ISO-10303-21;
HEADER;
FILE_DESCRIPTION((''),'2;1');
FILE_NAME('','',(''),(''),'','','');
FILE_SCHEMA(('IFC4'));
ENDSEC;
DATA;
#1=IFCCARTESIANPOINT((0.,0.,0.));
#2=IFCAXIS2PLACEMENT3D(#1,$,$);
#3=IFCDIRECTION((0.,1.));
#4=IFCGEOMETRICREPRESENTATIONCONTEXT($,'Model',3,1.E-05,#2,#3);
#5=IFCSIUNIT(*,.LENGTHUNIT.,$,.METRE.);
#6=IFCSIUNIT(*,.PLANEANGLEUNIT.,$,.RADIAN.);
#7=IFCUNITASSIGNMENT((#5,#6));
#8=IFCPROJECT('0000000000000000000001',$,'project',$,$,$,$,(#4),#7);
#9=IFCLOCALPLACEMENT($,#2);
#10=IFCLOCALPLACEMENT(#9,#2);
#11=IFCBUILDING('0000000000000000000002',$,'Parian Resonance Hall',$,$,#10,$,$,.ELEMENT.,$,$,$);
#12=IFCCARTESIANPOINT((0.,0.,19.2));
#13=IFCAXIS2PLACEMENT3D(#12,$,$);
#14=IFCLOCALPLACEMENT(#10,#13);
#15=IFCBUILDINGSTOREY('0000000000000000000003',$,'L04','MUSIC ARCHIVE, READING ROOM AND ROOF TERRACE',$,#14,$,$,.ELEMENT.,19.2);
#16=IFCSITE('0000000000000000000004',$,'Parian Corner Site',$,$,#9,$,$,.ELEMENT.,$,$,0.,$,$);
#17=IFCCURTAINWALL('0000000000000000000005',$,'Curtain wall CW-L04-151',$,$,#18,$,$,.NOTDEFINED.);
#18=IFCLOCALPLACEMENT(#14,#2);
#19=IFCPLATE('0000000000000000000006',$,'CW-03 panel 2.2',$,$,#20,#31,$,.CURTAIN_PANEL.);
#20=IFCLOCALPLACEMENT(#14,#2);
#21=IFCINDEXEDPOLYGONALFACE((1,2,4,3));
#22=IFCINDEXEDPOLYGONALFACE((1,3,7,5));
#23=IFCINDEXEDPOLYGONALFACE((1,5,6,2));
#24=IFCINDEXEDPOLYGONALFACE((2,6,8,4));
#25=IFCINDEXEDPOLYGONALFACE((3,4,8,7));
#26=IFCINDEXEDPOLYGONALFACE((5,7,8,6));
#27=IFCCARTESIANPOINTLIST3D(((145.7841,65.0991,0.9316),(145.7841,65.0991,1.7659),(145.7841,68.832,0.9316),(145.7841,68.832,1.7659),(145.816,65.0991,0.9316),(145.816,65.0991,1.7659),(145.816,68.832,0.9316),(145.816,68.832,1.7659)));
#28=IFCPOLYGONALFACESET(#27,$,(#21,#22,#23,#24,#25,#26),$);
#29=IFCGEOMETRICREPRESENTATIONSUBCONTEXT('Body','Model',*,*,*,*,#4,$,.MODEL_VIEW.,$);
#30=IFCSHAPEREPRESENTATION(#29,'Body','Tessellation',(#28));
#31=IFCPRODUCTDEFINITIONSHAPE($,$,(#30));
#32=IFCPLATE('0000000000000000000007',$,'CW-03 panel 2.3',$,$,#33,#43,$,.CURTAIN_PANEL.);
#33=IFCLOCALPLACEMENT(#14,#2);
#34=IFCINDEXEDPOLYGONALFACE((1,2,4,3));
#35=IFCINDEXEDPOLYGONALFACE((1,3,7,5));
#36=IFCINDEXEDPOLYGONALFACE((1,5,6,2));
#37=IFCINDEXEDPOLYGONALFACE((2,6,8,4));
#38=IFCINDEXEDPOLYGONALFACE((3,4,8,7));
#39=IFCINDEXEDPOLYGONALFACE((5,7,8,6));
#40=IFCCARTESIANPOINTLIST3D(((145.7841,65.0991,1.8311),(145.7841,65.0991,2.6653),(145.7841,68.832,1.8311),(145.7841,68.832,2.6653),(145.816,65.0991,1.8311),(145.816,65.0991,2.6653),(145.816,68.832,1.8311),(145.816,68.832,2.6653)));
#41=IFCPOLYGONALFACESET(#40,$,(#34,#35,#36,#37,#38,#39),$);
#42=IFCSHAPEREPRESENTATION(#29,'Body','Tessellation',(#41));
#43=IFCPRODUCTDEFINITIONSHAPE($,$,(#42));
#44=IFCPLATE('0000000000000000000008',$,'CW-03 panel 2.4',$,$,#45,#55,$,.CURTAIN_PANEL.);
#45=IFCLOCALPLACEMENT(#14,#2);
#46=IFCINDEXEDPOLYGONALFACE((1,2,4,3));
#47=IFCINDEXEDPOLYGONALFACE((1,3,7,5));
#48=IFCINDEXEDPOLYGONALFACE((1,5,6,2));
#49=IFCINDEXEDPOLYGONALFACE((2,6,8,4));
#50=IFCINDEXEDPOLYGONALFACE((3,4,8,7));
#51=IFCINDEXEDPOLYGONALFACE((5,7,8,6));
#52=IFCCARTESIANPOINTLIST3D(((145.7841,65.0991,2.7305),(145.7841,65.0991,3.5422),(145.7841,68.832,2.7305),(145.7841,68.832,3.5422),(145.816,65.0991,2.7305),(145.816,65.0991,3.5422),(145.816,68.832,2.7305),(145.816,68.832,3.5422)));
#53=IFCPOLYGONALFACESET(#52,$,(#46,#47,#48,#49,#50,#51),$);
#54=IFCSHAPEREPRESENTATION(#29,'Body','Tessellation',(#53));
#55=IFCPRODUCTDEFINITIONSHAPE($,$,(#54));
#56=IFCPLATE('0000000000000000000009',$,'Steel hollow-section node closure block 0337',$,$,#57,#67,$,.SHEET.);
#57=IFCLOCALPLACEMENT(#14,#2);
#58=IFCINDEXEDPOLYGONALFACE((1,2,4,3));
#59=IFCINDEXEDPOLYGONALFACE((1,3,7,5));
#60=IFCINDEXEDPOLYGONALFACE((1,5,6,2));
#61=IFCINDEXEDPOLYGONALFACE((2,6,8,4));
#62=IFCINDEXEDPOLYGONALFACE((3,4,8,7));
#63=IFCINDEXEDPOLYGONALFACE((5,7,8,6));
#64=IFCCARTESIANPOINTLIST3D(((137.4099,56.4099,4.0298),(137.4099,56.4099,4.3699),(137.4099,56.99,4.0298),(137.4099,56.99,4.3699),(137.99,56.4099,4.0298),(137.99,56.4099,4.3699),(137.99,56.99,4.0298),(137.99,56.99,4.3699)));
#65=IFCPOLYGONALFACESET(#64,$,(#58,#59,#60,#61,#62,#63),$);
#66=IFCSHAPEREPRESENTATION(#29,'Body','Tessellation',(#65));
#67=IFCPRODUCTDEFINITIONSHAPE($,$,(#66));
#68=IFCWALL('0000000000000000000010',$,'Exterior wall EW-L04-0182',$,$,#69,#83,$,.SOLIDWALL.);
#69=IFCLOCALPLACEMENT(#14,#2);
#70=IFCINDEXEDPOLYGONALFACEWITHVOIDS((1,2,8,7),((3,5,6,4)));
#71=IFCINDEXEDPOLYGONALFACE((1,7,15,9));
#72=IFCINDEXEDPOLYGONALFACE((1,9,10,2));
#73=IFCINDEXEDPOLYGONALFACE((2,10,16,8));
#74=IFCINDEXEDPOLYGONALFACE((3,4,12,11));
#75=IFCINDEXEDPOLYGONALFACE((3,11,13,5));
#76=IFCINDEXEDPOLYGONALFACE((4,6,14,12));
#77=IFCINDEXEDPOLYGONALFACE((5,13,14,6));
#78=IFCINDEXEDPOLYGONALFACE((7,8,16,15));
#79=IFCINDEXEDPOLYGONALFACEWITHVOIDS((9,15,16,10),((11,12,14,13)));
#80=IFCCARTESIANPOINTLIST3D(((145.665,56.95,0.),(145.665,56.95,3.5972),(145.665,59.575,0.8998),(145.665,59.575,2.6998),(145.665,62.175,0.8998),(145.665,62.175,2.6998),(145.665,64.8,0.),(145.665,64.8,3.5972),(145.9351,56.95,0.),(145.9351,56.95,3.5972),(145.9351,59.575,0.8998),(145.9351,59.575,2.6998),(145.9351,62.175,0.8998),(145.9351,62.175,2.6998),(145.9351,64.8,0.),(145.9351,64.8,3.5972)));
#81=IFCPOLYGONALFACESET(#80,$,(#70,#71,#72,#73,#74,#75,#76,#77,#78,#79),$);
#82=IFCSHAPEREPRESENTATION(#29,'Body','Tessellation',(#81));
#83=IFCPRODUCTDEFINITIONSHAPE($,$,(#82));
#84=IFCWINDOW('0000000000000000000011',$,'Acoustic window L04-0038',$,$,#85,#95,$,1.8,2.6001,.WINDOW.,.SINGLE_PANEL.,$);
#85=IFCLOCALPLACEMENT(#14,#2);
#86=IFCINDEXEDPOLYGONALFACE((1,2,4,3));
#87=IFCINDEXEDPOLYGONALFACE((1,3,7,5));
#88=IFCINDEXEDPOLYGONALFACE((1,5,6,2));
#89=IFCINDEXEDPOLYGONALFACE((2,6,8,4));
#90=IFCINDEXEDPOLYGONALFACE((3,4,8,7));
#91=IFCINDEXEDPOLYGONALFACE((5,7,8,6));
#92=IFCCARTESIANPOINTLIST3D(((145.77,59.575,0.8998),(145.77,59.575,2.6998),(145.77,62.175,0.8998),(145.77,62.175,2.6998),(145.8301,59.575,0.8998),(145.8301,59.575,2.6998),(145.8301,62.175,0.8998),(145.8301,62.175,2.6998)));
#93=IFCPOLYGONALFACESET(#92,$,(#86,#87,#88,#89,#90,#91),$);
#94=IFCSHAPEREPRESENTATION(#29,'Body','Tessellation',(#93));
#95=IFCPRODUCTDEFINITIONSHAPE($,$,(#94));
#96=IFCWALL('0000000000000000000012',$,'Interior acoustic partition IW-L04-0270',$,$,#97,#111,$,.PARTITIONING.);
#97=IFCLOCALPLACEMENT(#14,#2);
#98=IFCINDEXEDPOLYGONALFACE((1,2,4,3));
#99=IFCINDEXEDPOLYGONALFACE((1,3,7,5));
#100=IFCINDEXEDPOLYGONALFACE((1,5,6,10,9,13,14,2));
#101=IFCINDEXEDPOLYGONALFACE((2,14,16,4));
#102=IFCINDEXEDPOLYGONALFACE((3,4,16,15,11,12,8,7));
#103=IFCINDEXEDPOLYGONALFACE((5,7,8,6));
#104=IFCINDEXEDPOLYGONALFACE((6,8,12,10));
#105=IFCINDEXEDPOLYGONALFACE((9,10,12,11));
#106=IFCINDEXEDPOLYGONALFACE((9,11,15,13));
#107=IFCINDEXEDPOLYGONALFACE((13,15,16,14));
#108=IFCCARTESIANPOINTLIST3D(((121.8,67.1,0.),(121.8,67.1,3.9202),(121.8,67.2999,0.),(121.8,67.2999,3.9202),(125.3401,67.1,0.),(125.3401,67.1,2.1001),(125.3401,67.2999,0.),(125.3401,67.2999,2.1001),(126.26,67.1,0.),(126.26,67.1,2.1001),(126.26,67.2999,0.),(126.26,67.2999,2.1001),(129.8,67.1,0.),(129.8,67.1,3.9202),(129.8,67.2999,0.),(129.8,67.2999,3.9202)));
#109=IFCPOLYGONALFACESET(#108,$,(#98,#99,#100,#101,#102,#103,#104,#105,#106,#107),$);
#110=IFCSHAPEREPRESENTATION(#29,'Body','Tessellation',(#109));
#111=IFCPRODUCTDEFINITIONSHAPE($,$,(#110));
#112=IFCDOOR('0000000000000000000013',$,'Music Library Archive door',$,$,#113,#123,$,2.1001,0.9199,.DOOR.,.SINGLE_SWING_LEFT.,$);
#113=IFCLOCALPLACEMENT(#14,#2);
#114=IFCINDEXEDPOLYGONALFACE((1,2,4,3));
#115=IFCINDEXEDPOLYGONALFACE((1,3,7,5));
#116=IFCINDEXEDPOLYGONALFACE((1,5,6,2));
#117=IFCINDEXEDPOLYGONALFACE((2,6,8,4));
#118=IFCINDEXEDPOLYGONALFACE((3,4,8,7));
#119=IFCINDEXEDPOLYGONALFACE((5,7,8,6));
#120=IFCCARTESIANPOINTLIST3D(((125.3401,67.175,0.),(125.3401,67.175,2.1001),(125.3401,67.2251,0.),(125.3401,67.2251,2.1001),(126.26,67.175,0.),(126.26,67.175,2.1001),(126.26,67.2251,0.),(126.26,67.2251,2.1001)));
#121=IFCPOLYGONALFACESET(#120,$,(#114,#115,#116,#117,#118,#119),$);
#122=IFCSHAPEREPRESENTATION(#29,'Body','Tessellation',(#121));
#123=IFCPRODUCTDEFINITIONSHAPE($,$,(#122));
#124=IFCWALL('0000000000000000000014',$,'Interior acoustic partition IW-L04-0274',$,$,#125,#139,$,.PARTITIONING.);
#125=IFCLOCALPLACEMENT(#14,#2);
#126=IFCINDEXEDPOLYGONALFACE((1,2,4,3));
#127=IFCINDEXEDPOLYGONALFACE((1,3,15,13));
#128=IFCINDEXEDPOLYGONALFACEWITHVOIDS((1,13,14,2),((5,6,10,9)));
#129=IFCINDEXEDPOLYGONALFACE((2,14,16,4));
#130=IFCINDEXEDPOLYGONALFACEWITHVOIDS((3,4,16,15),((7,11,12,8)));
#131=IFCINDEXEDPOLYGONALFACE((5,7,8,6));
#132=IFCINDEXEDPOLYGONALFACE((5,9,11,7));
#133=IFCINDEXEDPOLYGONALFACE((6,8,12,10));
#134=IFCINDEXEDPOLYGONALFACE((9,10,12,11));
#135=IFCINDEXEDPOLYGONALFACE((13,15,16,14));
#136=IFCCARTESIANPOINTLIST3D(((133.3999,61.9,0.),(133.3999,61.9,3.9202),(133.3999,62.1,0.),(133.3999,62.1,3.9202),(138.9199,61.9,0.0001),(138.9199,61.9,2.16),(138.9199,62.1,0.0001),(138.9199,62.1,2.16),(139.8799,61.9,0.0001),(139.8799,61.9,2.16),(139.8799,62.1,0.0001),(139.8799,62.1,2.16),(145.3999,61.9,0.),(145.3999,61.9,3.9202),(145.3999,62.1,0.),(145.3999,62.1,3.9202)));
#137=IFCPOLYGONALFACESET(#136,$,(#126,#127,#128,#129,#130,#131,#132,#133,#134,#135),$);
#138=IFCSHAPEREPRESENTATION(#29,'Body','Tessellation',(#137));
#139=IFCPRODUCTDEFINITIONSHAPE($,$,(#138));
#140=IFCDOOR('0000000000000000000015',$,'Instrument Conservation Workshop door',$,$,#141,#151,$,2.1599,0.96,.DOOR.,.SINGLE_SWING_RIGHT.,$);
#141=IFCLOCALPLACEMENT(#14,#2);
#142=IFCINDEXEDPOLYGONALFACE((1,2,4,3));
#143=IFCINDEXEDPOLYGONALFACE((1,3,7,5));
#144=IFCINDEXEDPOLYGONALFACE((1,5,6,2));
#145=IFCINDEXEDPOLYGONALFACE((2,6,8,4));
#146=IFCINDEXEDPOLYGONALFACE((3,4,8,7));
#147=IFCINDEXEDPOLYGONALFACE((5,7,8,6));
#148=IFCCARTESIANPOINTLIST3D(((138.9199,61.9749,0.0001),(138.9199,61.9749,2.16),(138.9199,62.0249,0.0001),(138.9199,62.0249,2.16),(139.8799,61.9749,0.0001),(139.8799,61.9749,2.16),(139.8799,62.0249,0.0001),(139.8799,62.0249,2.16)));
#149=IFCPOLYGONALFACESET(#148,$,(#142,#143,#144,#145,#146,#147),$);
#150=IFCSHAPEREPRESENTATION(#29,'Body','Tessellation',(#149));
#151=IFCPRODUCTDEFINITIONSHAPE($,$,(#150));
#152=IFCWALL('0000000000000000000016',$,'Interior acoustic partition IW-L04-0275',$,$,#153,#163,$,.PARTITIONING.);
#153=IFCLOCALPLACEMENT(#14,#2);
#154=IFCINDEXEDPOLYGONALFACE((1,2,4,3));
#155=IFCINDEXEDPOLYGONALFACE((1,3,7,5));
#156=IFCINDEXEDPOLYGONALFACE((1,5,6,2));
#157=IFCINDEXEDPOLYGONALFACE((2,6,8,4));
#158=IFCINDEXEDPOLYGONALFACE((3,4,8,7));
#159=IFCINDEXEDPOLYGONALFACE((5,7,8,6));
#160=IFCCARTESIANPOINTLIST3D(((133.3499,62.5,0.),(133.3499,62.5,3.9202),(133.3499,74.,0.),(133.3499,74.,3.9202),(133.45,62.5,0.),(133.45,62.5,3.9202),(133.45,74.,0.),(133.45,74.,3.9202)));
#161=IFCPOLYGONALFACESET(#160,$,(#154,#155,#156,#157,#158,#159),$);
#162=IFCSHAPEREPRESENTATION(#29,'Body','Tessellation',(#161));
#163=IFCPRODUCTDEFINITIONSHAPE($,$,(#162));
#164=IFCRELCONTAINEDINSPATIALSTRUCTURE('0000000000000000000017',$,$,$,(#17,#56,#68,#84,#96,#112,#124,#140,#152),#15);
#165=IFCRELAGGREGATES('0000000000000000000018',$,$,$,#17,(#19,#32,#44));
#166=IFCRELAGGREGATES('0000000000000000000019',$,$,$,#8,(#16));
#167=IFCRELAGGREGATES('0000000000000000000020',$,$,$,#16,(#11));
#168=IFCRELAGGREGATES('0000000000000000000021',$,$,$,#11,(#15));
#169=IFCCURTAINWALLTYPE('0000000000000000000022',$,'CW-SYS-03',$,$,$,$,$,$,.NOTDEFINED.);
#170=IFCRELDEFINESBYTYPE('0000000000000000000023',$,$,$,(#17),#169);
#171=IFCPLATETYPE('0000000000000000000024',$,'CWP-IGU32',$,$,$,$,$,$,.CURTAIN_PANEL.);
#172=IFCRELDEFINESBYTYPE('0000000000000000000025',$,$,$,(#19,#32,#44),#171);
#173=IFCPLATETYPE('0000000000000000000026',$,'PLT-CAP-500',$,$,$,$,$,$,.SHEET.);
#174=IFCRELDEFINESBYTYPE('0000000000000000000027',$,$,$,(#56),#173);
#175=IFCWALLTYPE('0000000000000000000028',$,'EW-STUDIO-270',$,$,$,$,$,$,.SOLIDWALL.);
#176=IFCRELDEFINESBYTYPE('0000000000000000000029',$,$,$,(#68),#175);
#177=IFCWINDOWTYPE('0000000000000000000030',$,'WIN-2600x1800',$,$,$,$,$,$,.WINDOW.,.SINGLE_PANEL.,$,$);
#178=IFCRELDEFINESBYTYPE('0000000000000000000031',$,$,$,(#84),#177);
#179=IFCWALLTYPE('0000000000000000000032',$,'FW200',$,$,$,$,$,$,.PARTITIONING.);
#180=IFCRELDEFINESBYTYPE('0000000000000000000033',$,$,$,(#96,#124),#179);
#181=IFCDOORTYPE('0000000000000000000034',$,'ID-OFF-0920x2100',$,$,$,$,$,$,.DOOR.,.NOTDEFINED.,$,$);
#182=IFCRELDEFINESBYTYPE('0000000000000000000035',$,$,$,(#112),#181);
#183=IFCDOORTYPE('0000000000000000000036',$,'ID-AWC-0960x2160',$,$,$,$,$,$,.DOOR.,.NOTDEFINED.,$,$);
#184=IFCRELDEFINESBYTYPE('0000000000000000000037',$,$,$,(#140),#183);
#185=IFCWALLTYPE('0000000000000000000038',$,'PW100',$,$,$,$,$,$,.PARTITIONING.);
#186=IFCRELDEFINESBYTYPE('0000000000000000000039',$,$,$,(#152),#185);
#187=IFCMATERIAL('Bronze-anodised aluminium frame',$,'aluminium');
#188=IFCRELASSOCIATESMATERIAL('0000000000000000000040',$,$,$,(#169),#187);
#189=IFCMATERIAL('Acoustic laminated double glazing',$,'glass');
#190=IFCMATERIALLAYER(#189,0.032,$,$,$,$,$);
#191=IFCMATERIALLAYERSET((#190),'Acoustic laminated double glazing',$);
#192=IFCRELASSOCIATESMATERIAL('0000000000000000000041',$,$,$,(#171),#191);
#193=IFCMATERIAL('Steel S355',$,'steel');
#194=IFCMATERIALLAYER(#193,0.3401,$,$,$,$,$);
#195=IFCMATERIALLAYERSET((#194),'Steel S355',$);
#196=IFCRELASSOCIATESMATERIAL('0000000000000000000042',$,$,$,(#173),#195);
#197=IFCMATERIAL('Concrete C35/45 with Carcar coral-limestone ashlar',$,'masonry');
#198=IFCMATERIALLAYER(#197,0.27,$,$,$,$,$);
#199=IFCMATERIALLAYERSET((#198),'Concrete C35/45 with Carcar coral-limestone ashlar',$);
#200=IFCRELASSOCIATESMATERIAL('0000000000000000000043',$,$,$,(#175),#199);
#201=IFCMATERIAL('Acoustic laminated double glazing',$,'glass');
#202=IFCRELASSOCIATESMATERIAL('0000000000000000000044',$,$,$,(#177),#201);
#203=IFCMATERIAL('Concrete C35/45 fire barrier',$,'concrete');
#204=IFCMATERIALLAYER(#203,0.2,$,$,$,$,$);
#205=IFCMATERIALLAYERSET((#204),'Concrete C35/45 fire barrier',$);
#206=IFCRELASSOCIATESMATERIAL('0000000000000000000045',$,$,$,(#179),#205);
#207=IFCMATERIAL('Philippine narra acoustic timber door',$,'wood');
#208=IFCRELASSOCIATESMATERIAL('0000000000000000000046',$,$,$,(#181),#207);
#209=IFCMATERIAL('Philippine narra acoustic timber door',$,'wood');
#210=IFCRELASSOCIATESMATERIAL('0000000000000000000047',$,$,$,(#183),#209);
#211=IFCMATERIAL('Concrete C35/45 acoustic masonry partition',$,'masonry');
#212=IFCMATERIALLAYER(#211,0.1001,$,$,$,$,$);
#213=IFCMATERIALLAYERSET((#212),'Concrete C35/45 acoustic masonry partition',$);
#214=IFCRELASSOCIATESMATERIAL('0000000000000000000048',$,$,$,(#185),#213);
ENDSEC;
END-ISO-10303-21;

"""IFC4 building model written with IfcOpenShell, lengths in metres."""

from ifc_helpers import new_model, si_unit, direction, frame, frame_2d, origin, origin_2d, place, context, subcontext, project, spatial, rectangle, extrude, material, layer, layer_set, type_object, element, fill, aggregate, save


model = new_model("IFC4")

# Units and contexts
model_context = context("Model", 3, precision=1e-05, world=origin(), true_north=direction((0.0, 1.0)))
body_context = subcontext(model_context, "Body", "Model", "MODEL_VIEW")
ifc_project = project(units=[si_unit("LENGTHUNIT", "METRE"), si_unit("PLANEANGLEUNIT", "RADIAN")], contexts=[model_context])

# Site, building, storey
site_placement = place(None, origin())
site = spatial("IfcSite", under=ifc_project, at=site_placement, Name="Parian Corner Site", CompositionType="ELEMENT", RefElevation=0.0)
building_placement = place(site_placement, origin())
building = spatial("IfcBuilding", under=site, at=building_placement, Name="Parian Resonance Hall", CompositionType="ELEMENT")
storey_placement = place(building_placement, frame((0.0, 0.0, 19.2)))
storey = spatial("IfcBuildingStorey", under=building, at=storey_placement, Name="L04", Description="MUSIC ARCHIVE, READING ROOM AND ROOF TERRACE", CompositionType="ELEMENT", Elevation=19.2)

# Curtain wall
ifc_material_1 = material(Name="Bronze-anodised aluminium frame", Category="aluminium")
curtain_wall_type_1 = type_object("IfcCurtainWallType", Name="CW-SYS-03", PredefinedType="NOTDEFINED", material=ifc_material_1)
curtain_wall_1_placement = place(storey_placement, origin())
curtain_wall_1 = element("IfcCurtainWall", 1, at=curtain_wall_1_placement, inside=storey, type_object=curtain_wall_type_1, Name="Curtain wall CW-L04-151", PredefinedType="NOTDEFINED")

# Plates
ifc_material_2 = material(Name="Acoustic laminated double glazing", Category="glass")
ifc_layer_1 = layer(ifc_material_2, 0.032)
ifc_layer_set_1 = layer_set([ifc_layer_1], Name="Acoustic laminated double glazing")
plate_type_1 = type_object("IfcPlateType", Name="CWP-IGU32", PredefinedType="CURTAIN_PANEL", material=ifc_layer_set_1)
plate_1_placement = place(storey_placement, frame((145.8, 66.9656, 0.9316), z_axis=(0.0, 0.0, 1.0), x_axis=(0.0, -1.0, 0.0)))
plate_1 = element("IfcPlate", 2, at=plate_1_placement, type_object=plate_type_1, Name="CW-03 panel 2.2", PredefinedType="CURTAIN_PANEL", context=body_context, shape_type="SweptSolid", body=[
    extrude(rectangle(XDim=3.7329, YDim=0.032, at=origin_2d()), origin(), (0.0, 0.0, 1.0), 0.8342),
])
plate_2_placement = place(storey_placement, frame((145.8, 66.9656, 1.8311), z_axis=(0.0, 0.0, 1.0), x_axis=(0.0, -1.0, 0.0)))
plate_2 = element("IfcPlate", 3, at=plate_2_placement, type_object=plate_type_1, Name="CW-03 panel 2.3", PredefinedType="CURTAIN_PANEL", context=body_context, shape_type="SweptSolid", body=[
    extrude(rectangle(XDim=3.7329, YDim=0.032, at=origin_2d()), origin(), (0.0, 0.0, 1.0), 0.8342),
])
plate_3_placement = place(storey_placement, frame((145.8, 66.9656, 2.7305), z_axis=(0.0, 0.0, 1.0), x_axis=(0.0, -1.0, 0.0)))
plate_3 = element("IfcPlate", 4, at=plate_3_placement, type_object=plate_type_1, Name="CW-03 panel 2.4", PredefinedType="CURTAIN_PANEL", context=body_context, shape_type="SweptSolid", body=[
    extrude(rectangle(XDim=3.7329, YDim=0.032, at=origin_2d()), origin(), (0.0, 0.0, 1.0), 0.8118),
])
aggregate(curtain_wall_1, [plate_1, plate_2, plate_3])
ifc_material_3 = material(Name="Steel S355", Category="steel")
ifc_layer_2 = layer(ifc_material_3, 0.3401)
ifc_layer_set_2 = layer_set([ifc_layer_2], Name="Steel S355")
plate_type_2 = type_object("IfcPlateType", Name="PLT-CAP-500", PredefinedType="SHEET", material=ifc_layer_set_2)
plate_4_placement = place(storey_placement, frame((137.7, 56.7, 4.0298), z_axis=(0.0, 0.0, 1.0), x_axis=(1.0, 0.0, 0.0)))
element("IfcPlate", 5, at=plate_4_placement, inside=storey, type_object=plate_type_2, Name="Steel hollow-section node closure block 0337", PredefinedType="SHEET", context=body_context, shape_type="SweptSolid", body=[
    extrude(rectangle(XDim=0.5801, YDim=0.5801, at=origin_2d()), origin(), (0.0, 0.0, 1.0), 0.3401),
])

# Wall, opening, window
ifc_material_4 = material(Name="Concrete C35/45 with Carcar coral-limestone ashlar", Category="masonry")
ifc_layer_3 = layer(ifc_material_4, 0.27)
ifc_layer_set_3 = layer_set([ifc_layer_3], Name="Concrete C35/45 with Carcar coral-limestone ashlar")
wall_type_1 = type_object("IfcWallType", Name="EW-STUDIO-270", PredefinedType="SOLIDWALL", material=ifc_layer_set_3)
wall_1_placement = place(storey_placement, frame((145.8, 64.8, 0.0), z_axis=(0.0, 0.0, 1.0), x_axis=(0.0, -1.0, 0.0)))
wall_1 = element("IfcWall", 6, at=wall_1_placement, inside=storey, type_object=wall_type_1, Name="Exterior wall EW-L04-0182", PredefinedType="SOLIDWALL", context=body_context, shape_type="SweptSolid", body=[
    extrude(rectangle(XDim=7.8501, YDim=0.27, at=frame_2d((3.925, 0.0))), origin(), (0.0, 0.0, 1.0), 3.5972),
])
opening_1_placement = place(wall_1_placement, frame((2.625, 0.0, 0.8999)))
opening_1 = element("IfcOpeningElement", 7, at=opening_1_placement, cuts=wall_1, PredefinedType="OPENING", context=body_context, shape_type="SweptSolid", body=[
    extrude(rectangle(XDim=2.6001, YDim=1.8, at=frame_2d((1.3, 0.8999))), frame((0.0, 0.145, 0.0), z_axis=(0.0, -1.0, 0.0), x_axis=(1.0, 0.0, 0.0)), (0.0, 0.0, 1.0), 0.29),
])
ifc_material_5 = material(Name="Acoustic laminated double glazing", Category="glass")
window_type = type_object("IfcWindowType", Name="WIN-2600x1800", PartitioningType="SINGLE_PANEL", PredefinedType="WINDOW", material=ifc_material_5)
window_placement = place(opening_1_placement, origin())
window = element("IfcWindow", 8, at=window_placement, inside=storey, type_object=window_type, Name="Acoustic window L04-0038", OverallHeight=1.8, OverallWidth=2.6001, PartitioningType="SINGLE_PANEL", PredefinedType="WINDOW", context=body_context, shape_type="SweptSolid", body=[
    extrude(rectangle(XDim=2.6001, YDim=1.8, at=frame_2d((1.3, 0.8999))), frame((0.0, 0.03, 0.0), z_axis=(0.0, -1.0, 0.0), x_axis=(1.0, 0.0, 0.0)), (0.0, 0.0, 1.0), 0.0601),
])
fill(opening_1, window)

# Walls, openings, doors
ifc_material_6 = material(Name="Concrete C35/45 fire barrier", Category="concrete")
ifc_layer_4 = layer(ifc_material_6, 0.2)
ifc_layer_set_4 = layer_set([ifc_layer_4], Name="Concrete C35/45 fire barrier")
wall_type_2 = type_object("IfcWallType", Name="FW200", PredefinedType="PARTITIONING", material=ifc_layer_set_4)
wall_2_placement = place(storey_placement, frame((129.8, 67.2, 0.0), z_axis=(0.0, 0.0, 1.0), x_axis=(-1.0, 0.0, 0.0)))
wall_2 = element("IfcWall", 9, at=wall_2_placement, inside=storey, type_object=wall_type_2, Name="Interior acoustic partition IW-L04-0270", PredefinedType="PARTITIONING", context=body_context, shape_type="SweptSolid", body=[
    extrude(rectangle(XDim=8.0, YDim=0.2, at=frame_2d((4.0, 0.0))), origin(), (0.0, 0.0, 1.0), 3.9202),
])
opening_2_placement = place(wall_2_placement, frame((3.54, 0.0, 0.0)))
opening_2 = element("IfcOpeningElement", 10, at=opening_2_placement, cuts=wall_2, PredefinedType="OPENING", context=body_context, shape_type="SweptSolid", body=[
    extrude(rectangle(XDim=0.9199, YDim=2.1001, at=frame_2d((0.46, 1.05))), frame((0.0, 0.1099, 0.0), z_axis=(0.0, -1.0, 0.0), x_axis=(1.0, 0.0, 0.0)), (0.0, 0.0, 1.0), 0.22),
])
ifc_material_7 = material(Name="Philippine narra acoustic timber door", Category="wood")
door_type_1 = type_object("IfcDoorType", Name="ID-OFF-0920x2100", OperationType="NOTDEFINED", PredefinedType="DOOR", material=ifc_material_7)
door_1_placement = place(opening_2_placement, origin())
door_1 = element("IfcDoor", 11, at=door_1_placement, inside=storey, type_object=door_type_1, Name="Music Library Archive door", OperationType="SINGLE_SWING_LEFT", OverallHeight=2.1001, OverallWidth=0.9199, PredefinedType="DOOR", context=body_context, shape_type="SweptSolid", body=[
    extrude(rectangle(XDim=0.9199, YDim=2.1001, at=frame_2d((0.46, 1.05))), frame((0.0, 0.0249, 0.0), z_axis=(0.0, -1.0, 0.0), x_axis=(1.0, 0.0, 0.0)), (0.0, 0.0, 1.0), 0.05),
])
fill(opening_2, door_1)
wall_3_placement = place(storey_placement, frame((133.3999, 62.0, 0.0), z_axis=(0.0, 0.0, 1.0), x_axis=(1.0, 0.0, 0.0)))
wall_3 = element("IfcWall", 12, at=wall_3_placement, inside=storey, type_object=wall_type_2, Name="Interior acoustic partition IW-L04-0274", PredefinedType="PARTITIONING", context=body_context, shape_type="SweptSolid", body=[
    extrude(rectangle(XDim=12.0, YDim=0.2, at=frame_2d((6.0, 0.0))), origin(), (0.0, 0.0, 1.0), 3.9202),
])
opening_3_placement = place(wall_3_placement, frame((5.52, 0.0, 0.0)))
opening_3 = element("IfcOpeningElement", 13, at=opening_3_placement, cuts=wall_3, PredefinedType="OPENING", context=body_context, shape_type="SweptSolid", body=[
    extrude(rectangle(XDim=0.96, YDim=2.1599, at=frame_2d((0.48, 1.0801))), frame((0.0, 0.1099, 0.0), z_axis=(0.0, -1.0, 0.0), x_axis=(1.0, 0.0, 0.0)), (0.0, 0.0, 1.0), 0.22),
])
ifc_material_8 = material(Name="Philippine narra acoustic timber door", Category="wood")
door_type_2 = type_object("IfcDoorType", Name="ID-AWC-0960x2160", OperationType="NOTDEFINED", PredefinedType="DOOR", material=ifc_material_8)
door_2_placement = place(opening_3_placement, origin())
door_2 = element("IfcDoor", 14, at=door_2_placement, inside=storey, type_object=door_type_2, Name="Instrument Conservation Workshop door", OperationType="SINGLE_SWING_RIGHT", OverallHeight=2.1599, OverallWidth=0.96, PredefinedType="DOOR", context=body_context, shape_type="SweptSolid", body=[
    extrude(rectangle(XDim=0.96, YDim=2.1599, at=frame_2d((0.48, 1.0801))), frame((0.0, 0.0249, 0.0), z_axis=(0.0, -1.0, 0.0), x_axis=(1.0, 0.0, 0.0)), (0.0, 0.0, 1.0), 0.05),
])
fill(opening_3, door_2)

# Wall
ifc_material_9 = material(Name="Concrete C35/45 acoustic masonry partition", Category="masonry")
ifc_layer_5 = layer(ifc_material_9, 0.1001)
ifc_layer_set_5 = layer_set([ifc_layer_5], Name="Concrete C35/45 acoustic masonry partition")
wall_type_3 = type_object("IfcWallType", Name="PW100", PredefinedType="PARTITIONING", material=ifc_layer_set_5)
wall_4_placement = place(storey_placement, frame((133.3999, 62.5, 0.0), z_axis=(0.0, 0.0, 1.0), x_axis=(0.0, 1.0, 0.0)))
element("IfcWall", 15, at=wall_4_placement, inside=storey, type_object=wall_type_3, Name="Interior acoustic partition IW-L04-0275", PredefinedType="PARTITIONING", context=body_context, shape_type="SweptSolid", body=[
    extrude(rectangle(XDim=11.5, YDim=0.1001, at=frame_2d((5.75, 0.0))), origin(), (0.0, 0.0, 1.0), 3.9202),
])

save(model, "model.ifc")
